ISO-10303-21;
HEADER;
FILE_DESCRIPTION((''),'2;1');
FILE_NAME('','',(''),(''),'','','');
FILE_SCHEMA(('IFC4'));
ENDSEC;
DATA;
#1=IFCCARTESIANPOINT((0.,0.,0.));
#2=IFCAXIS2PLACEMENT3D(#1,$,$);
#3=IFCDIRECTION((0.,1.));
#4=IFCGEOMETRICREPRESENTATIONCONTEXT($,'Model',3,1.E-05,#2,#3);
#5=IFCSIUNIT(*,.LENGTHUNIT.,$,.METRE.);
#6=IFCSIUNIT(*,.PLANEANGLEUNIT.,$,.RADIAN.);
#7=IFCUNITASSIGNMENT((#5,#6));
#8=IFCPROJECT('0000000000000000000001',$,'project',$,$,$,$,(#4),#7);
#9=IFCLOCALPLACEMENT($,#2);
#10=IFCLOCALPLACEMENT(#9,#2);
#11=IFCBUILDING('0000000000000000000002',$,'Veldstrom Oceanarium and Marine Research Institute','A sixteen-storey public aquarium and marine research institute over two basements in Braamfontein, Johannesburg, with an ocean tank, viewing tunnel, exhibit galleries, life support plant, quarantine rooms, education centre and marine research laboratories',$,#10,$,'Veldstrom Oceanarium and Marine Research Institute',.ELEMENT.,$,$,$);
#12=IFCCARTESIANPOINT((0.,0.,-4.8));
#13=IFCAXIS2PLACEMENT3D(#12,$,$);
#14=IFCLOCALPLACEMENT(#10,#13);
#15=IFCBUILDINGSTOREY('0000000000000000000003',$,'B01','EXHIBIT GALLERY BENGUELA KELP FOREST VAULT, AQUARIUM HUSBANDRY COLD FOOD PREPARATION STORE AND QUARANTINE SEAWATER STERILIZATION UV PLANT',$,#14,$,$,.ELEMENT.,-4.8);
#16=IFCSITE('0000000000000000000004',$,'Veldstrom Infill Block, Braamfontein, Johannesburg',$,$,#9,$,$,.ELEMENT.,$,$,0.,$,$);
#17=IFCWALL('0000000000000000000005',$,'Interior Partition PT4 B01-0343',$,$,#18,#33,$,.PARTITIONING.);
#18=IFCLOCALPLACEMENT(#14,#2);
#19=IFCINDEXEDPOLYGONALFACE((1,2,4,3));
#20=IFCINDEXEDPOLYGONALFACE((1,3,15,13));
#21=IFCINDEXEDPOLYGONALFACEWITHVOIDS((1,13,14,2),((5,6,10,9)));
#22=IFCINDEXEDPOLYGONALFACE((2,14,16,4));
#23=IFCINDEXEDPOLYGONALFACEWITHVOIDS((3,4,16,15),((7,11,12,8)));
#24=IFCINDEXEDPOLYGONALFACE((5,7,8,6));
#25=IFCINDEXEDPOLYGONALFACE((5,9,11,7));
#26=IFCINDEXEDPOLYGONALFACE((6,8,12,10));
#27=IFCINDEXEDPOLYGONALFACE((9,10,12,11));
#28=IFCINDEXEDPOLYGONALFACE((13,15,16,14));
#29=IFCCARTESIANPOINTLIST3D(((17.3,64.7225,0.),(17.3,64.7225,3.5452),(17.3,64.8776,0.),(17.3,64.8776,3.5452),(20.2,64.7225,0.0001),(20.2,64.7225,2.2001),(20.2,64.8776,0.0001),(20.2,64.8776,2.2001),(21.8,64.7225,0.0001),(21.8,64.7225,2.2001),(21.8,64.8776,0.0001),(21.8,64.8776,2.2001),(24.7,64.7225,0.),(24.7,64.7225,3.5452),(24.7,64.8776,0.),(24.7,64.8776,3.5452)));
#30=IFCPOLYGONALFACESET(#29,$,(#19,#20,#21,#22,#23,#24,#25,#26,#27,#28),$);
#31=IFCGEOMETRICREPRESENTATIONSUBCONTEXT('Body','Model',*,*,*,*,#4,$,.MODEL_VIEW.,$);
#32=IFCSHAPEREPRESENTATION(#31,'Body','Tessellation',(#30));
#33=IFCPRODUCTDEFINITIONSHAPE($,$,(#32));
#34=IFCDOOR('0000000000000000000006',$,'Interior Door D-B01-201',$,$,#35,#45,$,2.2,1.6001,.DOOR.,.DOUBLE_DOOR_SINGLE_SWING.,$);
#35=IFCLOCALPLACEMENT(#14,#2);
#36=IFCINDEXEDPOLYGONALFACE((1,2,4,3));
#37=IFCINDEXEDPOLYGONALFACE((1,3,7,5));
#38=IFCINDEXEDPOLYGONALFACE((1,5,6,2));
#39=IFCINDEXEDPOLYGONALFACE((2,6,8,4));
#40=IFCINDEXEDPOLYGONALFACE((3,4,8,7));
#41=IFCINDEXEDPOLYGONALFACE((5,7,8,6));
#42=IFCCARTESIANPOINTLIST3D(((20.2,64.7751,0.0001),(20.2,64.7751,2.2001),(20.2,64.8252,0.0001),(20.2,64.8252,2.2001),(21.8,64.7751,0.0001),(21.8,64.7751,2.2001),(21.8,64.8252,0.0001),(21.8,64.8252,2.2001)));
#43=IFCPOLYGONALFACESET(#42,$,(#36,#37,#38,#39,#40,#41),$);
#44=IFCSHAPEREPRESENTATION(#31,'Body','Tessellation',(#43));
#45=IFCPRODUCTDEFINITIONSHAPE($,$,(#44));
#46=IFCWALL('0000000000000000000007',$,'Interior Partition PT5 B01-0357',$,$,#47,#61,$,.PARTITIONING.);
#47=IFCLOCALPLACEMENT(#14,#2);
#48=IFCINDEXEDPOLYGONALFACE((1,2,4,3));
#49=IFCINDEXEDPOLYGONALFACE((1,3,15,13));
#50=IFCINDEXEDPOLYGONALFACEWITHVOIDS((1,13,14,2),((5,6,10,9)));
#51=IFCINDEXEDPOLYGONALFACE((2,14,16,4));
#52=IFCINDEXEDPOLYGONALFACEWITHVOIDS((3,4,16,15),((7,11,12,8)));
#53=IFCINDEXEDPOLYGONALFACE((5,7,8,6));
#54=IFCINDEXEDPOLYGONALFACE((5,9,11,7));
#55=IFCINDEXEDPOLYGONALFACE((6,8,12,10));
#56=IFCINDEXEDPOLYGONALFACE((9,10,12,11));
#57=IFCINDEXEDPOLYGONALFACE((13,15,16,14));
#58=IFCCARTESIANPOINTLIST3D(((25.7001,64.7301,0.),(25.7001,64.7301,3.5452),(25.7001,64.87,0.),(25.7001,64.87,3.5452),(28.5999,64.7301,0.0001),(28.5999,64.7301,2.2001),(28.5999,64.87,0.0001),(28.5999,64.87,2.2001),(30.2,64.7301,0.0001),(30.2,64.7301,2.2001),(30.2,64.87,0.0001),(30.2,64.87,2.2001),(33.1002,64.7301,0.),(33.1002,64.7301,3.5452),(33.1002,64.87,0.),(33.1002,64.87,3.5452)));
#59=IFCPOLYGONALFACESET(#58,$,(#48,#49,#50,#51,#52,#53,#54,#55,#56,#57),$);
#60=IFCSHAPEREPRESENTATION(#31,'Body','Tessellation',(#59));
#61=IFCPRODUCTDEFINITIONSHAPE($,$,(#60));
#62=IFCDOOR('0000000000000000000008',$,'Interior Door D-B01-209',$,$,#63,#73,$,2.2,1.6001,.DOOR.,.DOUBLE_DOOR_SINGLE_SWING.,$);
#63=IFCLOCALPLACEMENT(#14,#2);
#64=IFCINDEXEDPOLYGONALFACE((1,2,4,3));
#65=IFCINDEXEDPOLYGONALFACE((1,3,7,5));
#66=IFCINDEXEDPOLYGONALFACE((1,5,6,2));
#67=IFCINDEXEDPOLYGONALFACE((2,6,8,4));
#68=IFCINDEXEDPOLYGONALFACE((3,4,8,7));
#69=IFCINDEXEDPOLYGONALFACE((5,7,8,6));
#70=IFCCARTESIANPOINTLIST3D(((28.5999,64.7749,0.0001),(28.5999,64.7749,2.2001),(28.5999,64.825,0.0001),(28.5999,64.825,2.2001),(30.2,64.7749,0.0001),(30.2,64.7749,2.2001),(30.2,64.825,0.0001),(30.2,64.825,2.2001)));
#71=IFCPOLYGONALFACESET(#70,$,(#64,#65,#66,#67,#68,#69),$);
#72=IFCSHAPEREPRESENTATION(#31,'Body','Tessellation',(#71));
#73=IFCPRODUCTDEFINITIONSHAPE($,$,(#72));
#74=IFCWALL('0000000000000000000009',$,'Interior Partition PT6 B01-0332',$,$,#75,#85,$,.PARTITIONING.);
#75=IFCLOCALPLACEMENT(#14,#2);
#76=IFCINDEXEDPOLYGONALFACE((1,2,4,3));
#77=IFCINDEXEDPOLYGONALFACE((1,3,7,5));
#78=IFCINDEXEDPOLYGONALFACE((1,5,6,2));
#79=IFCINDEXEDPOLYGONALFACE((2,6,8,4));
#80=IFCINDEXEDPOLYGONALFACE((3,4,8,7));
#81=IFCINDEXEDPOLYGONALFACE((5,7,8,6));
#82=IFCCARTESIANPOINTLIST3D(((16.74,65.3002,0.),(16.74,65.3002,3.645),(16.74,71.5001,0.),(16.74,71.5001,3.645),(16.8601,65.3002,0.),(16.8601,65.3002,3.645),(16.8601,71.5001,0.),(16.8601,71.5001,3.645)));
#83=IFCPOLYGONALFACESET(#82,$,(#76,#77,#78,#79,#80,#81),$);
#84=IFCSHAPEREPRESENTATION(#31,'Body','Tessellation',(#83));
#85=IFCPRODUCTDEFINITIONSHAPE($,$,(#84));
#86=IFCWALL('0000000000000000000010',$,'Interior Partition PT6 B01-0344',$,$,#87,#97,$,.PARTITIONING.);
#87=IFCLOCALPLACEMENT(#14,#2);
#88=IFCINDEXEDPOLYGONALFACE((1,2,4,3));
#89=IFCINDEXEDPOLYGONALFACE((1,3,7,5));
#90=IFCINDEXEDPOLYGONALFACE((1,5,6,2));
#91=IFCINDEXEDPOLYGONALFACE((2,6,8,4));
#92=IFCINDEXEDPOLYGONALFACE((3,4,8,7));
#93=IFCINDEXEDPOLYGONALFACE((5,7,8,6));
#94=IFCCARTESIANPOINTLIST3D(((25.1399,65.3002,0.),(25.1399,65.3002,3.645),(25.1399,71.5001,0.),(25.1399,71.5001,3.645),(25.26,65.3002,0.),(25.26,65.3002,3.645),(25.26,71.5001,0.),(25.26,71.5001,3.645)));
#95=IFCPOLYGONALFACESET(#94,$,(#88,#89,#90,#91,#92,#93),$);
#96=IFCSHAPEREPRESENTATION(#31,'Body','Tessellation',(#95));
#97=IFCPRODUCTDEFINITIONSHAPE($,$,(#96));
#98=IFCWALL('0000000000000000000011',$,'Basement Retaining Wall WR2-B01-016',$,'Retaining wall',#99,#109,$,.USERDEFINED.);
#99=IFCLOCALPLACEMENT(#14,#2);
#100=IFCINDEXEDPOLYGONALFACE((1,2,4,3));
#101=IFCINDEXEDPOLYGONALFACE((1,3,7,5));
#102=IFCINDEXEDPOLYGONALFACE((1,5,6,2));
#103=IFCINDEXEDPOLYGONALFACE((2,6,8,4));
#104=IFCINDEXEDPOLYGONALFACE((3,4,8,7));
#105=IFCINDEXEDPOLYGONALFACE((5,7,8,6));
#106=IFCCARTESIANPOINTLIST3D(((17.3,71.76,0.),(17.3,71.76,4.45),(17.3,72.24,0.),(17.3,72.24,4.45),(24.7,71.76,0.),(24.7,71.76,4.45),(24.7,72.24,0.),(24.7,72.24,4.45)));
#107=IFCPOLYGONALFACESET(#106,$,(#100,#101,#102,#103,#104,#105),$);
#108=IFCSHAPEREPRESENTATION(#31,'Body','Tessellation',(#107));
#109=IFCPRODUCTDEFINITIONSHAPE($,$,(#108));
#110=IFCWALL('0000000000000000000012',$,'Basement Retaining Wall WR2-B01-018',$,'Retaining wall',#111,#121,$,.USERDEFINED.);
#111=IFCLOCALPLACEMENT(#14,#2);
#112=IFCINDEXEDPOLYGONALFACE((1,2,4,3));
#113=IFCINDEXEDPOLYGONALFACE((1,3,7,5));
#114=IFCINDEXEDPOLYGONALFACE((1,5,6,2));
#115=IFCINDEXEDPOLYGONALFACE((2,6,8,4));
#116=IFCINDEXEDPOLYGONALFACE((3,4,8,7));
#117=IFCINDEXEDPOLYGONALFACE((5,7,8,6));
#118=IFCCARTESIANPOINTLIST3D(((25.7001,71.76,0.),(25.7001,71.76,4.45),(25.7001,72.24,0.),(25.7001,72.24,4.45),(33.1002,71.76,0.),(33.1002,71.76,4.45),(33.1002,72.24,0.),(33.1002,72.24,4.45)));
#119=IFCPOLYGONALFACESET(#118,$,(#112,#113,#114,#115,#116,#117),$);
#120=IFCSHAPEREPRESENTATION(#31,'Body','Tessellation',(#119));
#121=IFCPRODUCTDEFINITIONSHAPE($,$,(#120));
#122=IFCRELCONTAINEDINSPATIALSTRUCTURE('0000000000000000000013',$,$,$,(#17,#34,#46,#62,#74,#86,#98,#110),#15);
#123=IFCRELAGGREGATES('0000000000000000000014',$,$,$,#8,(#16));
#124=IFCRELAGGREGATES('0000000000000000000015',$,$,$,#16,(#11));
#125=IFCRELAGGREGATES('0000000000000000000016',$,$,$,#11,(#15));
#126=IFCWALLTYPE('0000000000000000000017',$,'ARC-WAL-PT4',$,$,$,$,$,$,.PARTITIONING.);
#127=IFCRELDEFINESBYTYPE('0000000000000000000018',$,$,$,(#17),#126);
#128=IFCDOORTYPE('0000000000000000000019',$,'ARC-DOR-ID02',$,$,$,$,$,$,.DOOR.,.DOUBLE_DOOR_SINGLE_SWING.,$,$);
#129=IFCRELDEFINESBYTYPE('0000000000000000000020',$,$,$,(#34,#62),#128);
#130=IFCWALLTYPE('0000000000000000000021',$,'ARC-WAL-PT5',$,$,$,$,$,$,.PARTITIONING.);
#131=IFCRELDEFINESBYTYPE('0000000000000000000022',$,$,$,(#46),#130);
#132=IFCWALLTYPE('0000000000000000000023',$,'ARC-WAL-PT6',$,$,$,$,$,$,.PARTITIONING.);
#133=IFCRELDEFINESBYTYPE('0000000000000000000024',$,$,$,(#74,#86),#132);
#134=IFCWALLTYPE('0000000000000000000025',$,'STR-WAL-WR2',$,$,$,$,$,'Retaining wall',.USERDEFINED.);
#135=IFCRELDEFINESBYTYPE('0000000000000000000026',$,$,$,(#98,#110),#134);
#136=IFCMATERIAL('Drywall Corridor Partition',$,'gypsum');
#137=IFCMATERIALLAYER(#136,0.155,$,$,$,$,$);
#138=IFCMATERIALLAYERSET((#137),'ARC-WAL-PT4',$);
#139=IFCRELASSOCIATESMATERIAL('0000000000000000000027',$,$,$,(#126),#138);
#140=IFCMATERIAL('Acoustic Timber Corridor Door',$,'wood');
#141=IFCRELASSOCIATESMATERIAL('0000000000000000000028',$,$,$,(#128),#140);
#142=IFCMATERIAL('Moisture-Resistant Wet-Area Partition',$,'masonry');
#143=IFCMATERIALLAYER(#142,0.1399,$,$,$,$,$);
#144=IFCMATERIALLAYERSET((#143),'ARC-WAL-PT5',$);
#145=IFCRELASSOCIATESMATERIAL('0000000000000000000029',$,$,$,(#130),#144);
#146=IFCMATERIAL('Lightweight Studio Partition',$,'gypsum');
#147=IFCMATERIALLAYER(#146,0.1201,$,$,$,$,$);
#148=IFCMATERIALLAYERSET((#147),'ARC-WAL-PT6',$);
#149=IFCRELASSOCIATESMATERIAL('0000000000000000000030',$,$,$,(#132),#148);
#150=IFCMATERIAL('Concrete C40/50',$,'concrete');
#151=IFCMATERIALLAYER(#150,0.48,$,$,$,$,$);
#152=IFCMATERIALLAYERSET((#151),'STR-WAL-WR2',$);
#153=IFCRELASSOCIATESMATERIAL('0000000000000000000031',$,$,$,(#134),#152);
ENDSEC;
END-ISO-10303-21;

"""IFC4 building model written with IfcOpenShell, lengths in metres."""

from ifc_helpers import new_model, si_unit, direction, frame, frame_2d, origin, place, context, subcontext, project, spatial, rectangle, extrude, material, layer, layer_set, type_object, element, fill, save


model = new_model("IFC4")

# Units and contexts
model_context = context("Model", 3, precision=1e-05, world=origin(), true_north=direction((0.0, 1.0)))
body_context = subcontext(model_context, "Body", "Model", "MODEL_VIEW")
ifc_project = project(units=[si_unit("LENGTHUNIT", "METRE"), si_unit("PLANEANGLEUNIT", "RADIAN")], contexts=[model_context])

# Site, building, storey
site_placement = place(None, origin())
site = spatial("IfcSite", under=ifc_project, at=site_placement, Name="Veldstrom Infill Block, Braamfontein, Johannesburg", CompositionType="ELEMENT", RefElevation=0.0)
building_placement = place(site_placement, origin())
building = spatial("IfcBuilding", under=site, at=building_placement, Name="Veldstrom Oceanarium and Marine Research Institute", Description="A sixteen-storey public aquarium and marine research institute over two basements in Braamfontein, Johannesburg, with an ocean tank, viewing tunnel, exhibit galleries, life support plant, quarantine rooms, education centre and marine research laboratories", LongName="Veldstrom Oceanarium and Marine Research Institute", CompositionType="ELEMENT")
storey_placement = place(building_placement, frame((0.0, 0.0, -4.8)))
storey = spatial("IfcBuildingStorey", under=building, at=storey_placement, Name="B01", Description="EXHIBIT GALLERY BENGUELA KELP FOREST VAULT, AQUARIUM HUSBANDRY COLD FOOD PREPARATION STORE AND QUARANTINE SEAWATER STERILIZATION UV PLANT", CompositionType="ELEMENT", Elevation=-4.8)

# Walls, openings, doors
ifc_material_1 = material(Name="Drywall Corridor Partition", Category="gypsum")
ifc_layer_1 = layer(ifc_material_1, 0.155)
ifc_layer_set_1 = layer_set([ifc_layer_1], Name="ARC-WAL-PT4")
wall_type_1 = type_object("IfcWallType", Name="ARC-WAL-PT4", PredefinedType="PARTITIONING", material=ifc_layer_set_1)
wall_1_placement = place(storey_placement, frame((17.3, 64.8, 0.0), z_axis=(0.0, 0.0, 1.0), x_axis=(1.0, 0.0, 0.0)))
wall_1 = element("IfcWall", 1, at=wall_1_placement, inside=storey, type_object=wall_type_1, Name="Interior Partition PT4 B01-0343", PredefinedType="PARTITIONING", context=body_context, shape_type="SweptSolid", body=[
    extrude(rectangle(XDim=7.3999, YDim=0.155, at=frame_2d((3.7, 0.0))), origin(), (0.0, 0.0, 1.0), 3.5452),
])
opening_1_placement = place(wall_1_placement, frame((2.8999, 0.0, 0.0)))
opening_1 = element("IfcOpeningElement", 2, at=opening_1_placement, cuts=wall_1, PredefinedType="OPENING", context=body_context, shape_type="SweptSolid", body=[
    extrude(rectangle(XDim=1.6001, YDim=2.2, at=frame_2d((0.8, 1.1001))), frame((0.0, 0.0874, 0.0), z_axis=(0.0, -1.0, 0.0), x_axis=(1.0, 0.0, 0.0)), (0.0, 0.0, 1.0), 0.175),
])
ifc_material_2 = material(Name="Acoustic Timber Corridor Door", Category="wood")
door_type = type_object("IfcDoorType", Name="ARC-DOR-ID02", OperationType="DOUBLE_DOOR_SINGLE_SWING", PredefinedType="DOOR", material=ifc_material_2)
door_1_placement = place(opening_1_placement, frame((1.6001, 0.0, 0.0), z_axis=(0.0, 0.0, 1.0), x_axis=(-1.0, 0.0, 0.0)))
door_1 = element("IfcDoor", 3, at=door_1_placement, inside=storey, type_object=door_type, Name="Interior Door D-B01-201", OperationType="DOUBLE_DOOR_SINGLE_SWING", OverallHeight=2.2, OverallWidth=1.6001, PredefinedType="DOOR", context=body_context, shape_type="SweptSolid", body=[
    extrude(rectangle(XDim=1.6001, YDim=2.2, at=frame_2d((0.8, 1.1001))), frame((0.0, 0.0249, 0.0), z_axis=(0.0, -1.0, 0.0), x_axis=(1.0, 0.0, 0.0)), (0.0, 0.0, 1.0), 0.05),
])
fill(opening_1, door_1)
ifc_material_3 = material(Name="Moisture-Resistant Wet-Area Partition", Category="masonry")
ifc_layer_2 = layer(ifc_material_3, 0.1399)
ifc_layer_set_2 = layer_set([ifc_layer_2], Name="ARC-WAL-PT5")
wall_type_2 = type_object("IfcWallType", Name="ARC-WAL-PT5", PredefinedType="PARTITIONING", material=ifc_layer_set_2)
wall_2_placement = place(storey_placement, frame((25.7, 64.8, 0.0), z_axis=(0.0, 0.0, 1.0), x_axis=(1.0, 0.0, 0.0)))
wall_2 = element("IfcWall", 4, at=wall_2_placement, inside=storey, type_object=wall_type_2, Name="Interior Partition PT5 B01-0357", PredefinedType="PARTITIONING", context=body_context, shape_type="SweptSolid", body=[
    extrude(rectangle(XDim=7.4001, YDim=0.1399, at=frame_2d((3.7002, 0.0))), origin(), (0.0, 0.0, 1.0), 3.5452),
])
opening_2_placement = place(wall_2_placement, frame((2.8999, 0.0, 0.0)))
opening_2 = element("IfcOpeningElement", 5, at=opening_2_placement, cuts=wall_2, PredefinedType="OPENING", context=body_context, shape_type="SweptSolid", body=[
    extrude(rectangle(XDim=1.6001, YDim=2.2, at=frame_2d((0.8, 1.1001))), frame((0.0, 0.0798, 0.0), z_axis=(0.0, -1.0, 0.0), x_axis=(1.0, 0.0, 0.0)), (0.0, 0.0, 1.0), 0.1599),
])
door_2_placement = place(opening_2_placement, origin())
door_2 = element("IfcDoor", 6, at=door_2_placement, inside=storey, type_object=door_type, Name="Interior Door D-B01-209", OperationType="DOUBLE_DOOR_SINGLE_SWING", OverallHeight=2.2, OverallWidth=1.6001, PredefinedType="DOOR", context=body_context, shape_type="SweptSolid", body=[
    extrude(rectangle(XDim=1.6001, YDim=2.2, at=frame_2d((0.8, 1.1001))), frame((0.0, 0.0249, 0.0), z_axis=(0.0, -1.0, 0.0), x_axis=(1.0, 0.0, 0.0)), (0.0, 0.0, 1.0), 0.05),
])
fill(opening_2, door_2)

# Walls
ifc_material_4 = material(Name="Lightweight Studio Partition", Category="gypsum")
ifc_layer_3 = layer(ifc_material_4, 0.1201)
ifc_layer_set_3 = layer_set([ifc_layer_3], Name="ARC-WAL-PT6")
wall_type_3 = type_object("IfcWallType", Name="ARC-WAL-PT6", PredefinedType="PARTITIONING", material=ifc_layer_set_3)
for number, where, z_axis, x_axis, name in (
    (7, (16.8, 65.3, 0.0), (0.0, 0.0, 1.0), (0.0, 1.0, 0.0), "Interior Partition PT6 B01-0332"),
    (8, (25.2, 65.3, 0.0), (0.0, 0.0, 1.0), (0.0, 1.0, 0.0), "Interior Partition PT6 B01-0344"),
):
    element("IfcWall", number, at=place(storey_placement, frame(where, z_axis=z_axis, x_axis=x_axis)), inside=storey, type_object=wall_type_3, Name=name, PredefinedType="PARTITIONING", context=body_context, shape_type="SweptSolid", body=[
        extrude(rectangle(XDim=6.2, YDim=0.1201, at=frame_2d((3.1001, 0.0))), origin(), (0.0, 0.0, 1.0), 3.645),
    ])
ifc_material_5 = material(Name="Concrete C40/50", Category="concrete")
ifc_layer_4 = layer(ifc_material_5, 0.48)
ifc_layer_set_4 = layer_set([ifc_layer_4], Name="STR-WAL-WR2")
wall_type_4 = type_object("IfcWallType", Name="STR-WAL-WR2", ElementType="Retaining wall", PredefinedType="USERDEFINED", material=ifc_layer_set_4)
wall_3_placement = place(storey_placement, frame((17.3, 72.0, 0.0), z_axis=(0.0, 0.0, 1.0), x_axis=(1.0, 0.0, 0.0)))
element("IfcWall", 9, at=wall_3_placement, inside=storey, type_object=wall_type_4, Name="Basement Retaining Wall WR2-B01-016", ObjectType="Retaining wall", PredefinedType="USERDEFINED", context=body_context, shape_type="SweptSolid", body=[
    extrude(rectangle(XDim=7.3999, YDim=0.48, at=frame_2d((3.7, 0.0))), origin(), (0.0, 0.0, 1.0), 4.45),
])
wall_4_placement = place(storey_placement, frame((25.7, 72.0, 0.0), z_axis=(0.0, 0.0, 1.0), x_axis=(1.0, 0.0, 0.0)))
element("IfcWall", 10, at=wall_4_placement, inside=storey, type_object=wall_type_4, Name="Basement Retaining Wall WR2-B01-018", ObjectType="Retaining wall", PredefinedType="USERDEFINED", context=body_context, shape_type="SweptSolid", body=[
    extrude(rectangle(XDim=7.4001, YDim=0.48, at=frame_2d((3.7002, 0.0))), origin(), (0.0, 0.0, 1.0), 4.45),
])

save(model, "model.ifc")
